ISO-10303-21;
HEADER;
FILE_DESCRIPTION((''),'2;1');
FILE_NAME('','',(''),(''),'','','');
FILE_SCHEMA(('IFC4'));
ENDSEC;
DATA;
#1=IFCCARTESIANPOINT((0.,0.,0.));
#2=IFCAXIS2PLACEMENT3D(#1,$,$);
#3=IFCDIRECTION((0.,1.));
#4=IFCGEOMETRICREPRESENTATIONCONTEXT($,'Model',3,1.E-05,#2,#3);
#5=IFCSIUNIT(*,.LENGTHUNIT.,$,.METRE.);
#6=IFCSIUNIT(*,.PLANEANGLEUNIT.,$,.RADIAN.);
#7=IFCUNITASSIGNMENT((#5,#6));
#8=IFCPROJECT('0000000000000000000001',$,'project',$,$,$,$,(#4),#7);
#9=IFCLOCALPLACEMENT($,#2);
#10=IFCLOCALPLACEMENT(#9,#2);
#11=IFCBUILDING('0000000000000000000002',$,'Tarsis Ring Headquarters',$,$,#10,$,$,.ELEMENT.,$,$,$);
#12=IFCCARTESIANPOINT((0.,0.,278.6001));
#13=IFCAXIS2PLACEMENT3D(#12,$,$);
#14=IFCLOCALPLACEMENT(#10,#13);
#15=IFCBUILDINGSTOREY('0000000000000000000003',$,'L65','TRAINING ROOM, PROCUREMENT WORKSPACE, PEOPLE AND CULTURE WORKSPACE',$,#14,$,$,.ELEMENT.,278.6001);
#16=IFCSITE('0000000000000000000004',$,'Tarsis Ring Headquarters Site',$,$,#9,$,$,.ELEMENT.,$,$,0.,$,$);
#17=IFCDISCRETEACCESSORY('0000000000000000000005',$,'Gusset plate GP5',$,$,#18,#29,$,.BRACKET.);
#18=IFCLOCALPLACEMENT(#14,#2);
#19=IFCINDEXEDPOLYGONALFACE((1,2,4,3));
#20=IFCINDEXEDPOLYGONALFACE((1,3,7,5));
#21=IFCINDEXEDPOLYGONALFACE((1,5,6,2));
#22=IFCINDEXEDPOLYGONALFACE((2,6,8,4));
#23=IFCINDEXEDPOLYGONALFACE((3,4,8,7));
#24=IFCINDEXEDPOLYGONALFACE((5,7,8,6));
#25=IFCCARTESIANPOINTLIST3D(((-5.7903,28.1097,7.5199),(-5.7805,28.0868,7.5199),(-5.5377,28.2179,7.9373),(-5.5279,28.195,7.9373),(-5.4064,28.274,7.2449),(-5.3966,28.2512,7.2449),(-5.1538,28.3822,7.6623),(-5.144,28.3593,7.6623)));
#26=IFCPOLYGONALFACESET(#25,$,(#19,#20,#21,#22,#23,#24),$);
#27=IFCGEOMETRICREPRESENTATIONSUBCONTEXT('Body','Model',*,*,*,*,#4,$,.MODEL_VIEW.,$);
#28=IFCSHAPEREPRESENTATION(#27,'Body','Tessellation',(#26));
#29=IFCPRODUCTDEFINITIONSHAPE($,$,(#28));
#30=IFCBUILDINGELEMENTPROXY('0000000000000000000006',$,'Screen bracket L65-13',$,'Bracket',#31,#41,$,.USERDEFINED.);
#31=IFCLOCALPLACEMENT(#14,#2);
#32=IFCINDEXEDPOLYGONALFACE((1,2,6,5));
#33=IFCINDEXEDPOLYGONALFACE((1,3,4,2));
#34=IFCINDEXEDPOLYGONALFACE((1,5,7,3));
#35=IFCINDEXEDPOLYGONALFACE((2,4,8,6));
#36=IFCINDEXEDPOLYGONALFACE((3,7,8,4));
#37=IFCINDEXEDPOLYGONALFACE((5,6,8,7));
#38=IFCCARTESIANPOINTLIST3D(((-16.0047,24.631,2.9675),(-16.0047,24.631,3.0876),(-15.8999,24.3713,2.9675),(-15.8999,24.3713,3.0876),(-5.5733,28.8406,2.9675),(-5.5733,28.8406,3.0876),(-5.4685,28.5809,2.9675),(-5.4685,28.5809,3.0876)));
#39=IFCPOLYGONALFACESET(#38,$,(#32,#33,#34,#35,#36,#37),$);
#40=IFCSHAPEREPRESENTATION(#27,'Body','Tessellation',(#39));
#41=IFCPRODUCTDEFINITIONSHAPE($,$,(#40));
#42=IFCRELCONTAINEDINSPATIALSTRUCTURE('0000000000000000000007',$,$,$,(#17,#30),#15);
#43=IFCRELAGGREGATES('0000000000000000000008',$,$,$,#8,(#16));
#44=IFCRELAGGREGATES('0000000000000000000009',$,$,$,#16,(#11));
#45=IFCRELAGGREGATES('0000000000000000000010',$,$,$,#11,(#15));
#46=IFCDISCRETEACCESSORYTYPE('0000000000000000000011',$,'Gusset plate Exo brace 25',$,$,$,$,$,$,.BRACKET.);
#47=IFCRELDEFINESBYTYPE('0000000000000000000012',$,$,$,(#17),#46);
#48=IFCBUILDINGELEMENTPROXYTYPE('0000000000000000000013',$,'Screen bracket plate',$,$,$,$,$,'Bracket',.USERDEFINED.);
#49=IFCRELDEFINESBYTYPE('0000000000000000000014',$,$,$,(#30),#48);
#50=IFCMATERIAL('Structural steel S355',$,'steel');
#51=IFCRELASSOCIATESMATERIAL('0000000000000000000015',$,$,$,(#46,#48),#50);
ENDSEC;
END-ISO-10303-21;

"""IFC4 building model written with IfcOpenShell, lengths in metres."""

from ifc_helpers import new_model, si_unit, direction, frame, origin, origin_2d, place, context, subcontext, project, spatial, rectangle, extrude, material, material_profile, profile_set, type_object, element, save


model = new_model("IFC4")

# Units and contexts
model_context = context("Model", 3, precision=1e-05, world=origin(), true_north=direction((0.0, 1.0)))
body_context = subcontext(model_context, "Body", "Model", "MODEL_VIEW")
ifc_project = project(units=[si_unit("LENGTHUNIT", "METRE"), si_unit("PLANEANGLEUNIT", "RADIAN")], contexts=[model_context])

# Site, building, storey
site_placement = place(None, origin())
site = spatial("IfcSite", under=ifc_project, at=site_placement, Name="Tarsis Ring Headquarters Site", CompositionType="ELEMENT", RefElevation=0.0)
building_placement = place(site_placement, origin())
building = spatial("IfcBuilding", under=site, at=building_placement, Name="Tarsis Ring Headquarters", CompositionType="ELEMENT")
storey_placement = place(building_placement, frame((0.0, 0.0, 278.6001)))
storey = spatial("IfcBuildingStorey", under=building, at=storey_placement, Name="L65", Description="TRAINING ROOM, PROCUREMENT WORKSPACE, PEOPLE AND CULTURE WORKSPACE", CompositionType="ELEMENT", Elevation=278.6001)

# Shared definitions
ifc_material_1 = material(Name="Structural steel S355", Category="steel")

# Discrete accessory
ifc_material_profile_1 = material_profile(ifc_material_1, rectangle(XDim=0.0249, YDim=0.5, at=origin_2d()), Name="PL 25x500")
ifc_profile_set_1 = profile_set([ifc_material_profile_1], Name="Structural steel S355")
discrete_accessory_type = type_object("IfcDiscreteAccessoryType", Name="Gusset plate Exo brace 25", PredefinedType="BRACKET", material=ifc_profile_set_1)
discrete_accessory_1_placement = place(storey_placement, frame((-5.3408, 28.2886, 7.7998), z_axis=(-0.505536, -0.216379, -0.835233), x_axis=(0.39349, -0.919329, 0.0)))
element("IfcDiscreteAccessory", 1, at=discrete_accessory_1_placement, inside=storey, type_object=discrete_accessory_type, Name="Gusset plate GP5", PredefinedType="BRACKET", context=body_context, shape_type="SweptSolid", body=[
    extrude(rectangle(XDim=0.0249, YDim=0.5, at=origin_2d()), origin(), (0.0, 0.0, 1.0), 0.4998),
])

# Building element proxy
building_element_proxy_type = type_object("IfcBuildingElementProxyType", Name="Screen bracket plate", ElementType="Bracket", PredefinedType="USERDEFINED", material=ifc_material_1)
proxy_placement = place(storey_placement, frame((-10.7366, 26.606, 2.9675), z_axis=(0.0, 0.0, 1.0), x_axis=(-0.927339, -0.374222, 0.0)))
element("IfcBuildingElementProxy", 2, at=proxy_placement, inside=storey, type_object=building_element_proxy_type, Name="Screen bracket L65-13", ObjectType="Bracket", PredefinedType="USERDEFINED", context=body_context, shape_type="SweptSolid", body=[
    extrude(rectangle(XDim=11.2488, YDim=0.28, at=origin_2d()), origin(), (0.0, 0.0, 1.0), 0.1201),
])

save(model, "model.ifc")
